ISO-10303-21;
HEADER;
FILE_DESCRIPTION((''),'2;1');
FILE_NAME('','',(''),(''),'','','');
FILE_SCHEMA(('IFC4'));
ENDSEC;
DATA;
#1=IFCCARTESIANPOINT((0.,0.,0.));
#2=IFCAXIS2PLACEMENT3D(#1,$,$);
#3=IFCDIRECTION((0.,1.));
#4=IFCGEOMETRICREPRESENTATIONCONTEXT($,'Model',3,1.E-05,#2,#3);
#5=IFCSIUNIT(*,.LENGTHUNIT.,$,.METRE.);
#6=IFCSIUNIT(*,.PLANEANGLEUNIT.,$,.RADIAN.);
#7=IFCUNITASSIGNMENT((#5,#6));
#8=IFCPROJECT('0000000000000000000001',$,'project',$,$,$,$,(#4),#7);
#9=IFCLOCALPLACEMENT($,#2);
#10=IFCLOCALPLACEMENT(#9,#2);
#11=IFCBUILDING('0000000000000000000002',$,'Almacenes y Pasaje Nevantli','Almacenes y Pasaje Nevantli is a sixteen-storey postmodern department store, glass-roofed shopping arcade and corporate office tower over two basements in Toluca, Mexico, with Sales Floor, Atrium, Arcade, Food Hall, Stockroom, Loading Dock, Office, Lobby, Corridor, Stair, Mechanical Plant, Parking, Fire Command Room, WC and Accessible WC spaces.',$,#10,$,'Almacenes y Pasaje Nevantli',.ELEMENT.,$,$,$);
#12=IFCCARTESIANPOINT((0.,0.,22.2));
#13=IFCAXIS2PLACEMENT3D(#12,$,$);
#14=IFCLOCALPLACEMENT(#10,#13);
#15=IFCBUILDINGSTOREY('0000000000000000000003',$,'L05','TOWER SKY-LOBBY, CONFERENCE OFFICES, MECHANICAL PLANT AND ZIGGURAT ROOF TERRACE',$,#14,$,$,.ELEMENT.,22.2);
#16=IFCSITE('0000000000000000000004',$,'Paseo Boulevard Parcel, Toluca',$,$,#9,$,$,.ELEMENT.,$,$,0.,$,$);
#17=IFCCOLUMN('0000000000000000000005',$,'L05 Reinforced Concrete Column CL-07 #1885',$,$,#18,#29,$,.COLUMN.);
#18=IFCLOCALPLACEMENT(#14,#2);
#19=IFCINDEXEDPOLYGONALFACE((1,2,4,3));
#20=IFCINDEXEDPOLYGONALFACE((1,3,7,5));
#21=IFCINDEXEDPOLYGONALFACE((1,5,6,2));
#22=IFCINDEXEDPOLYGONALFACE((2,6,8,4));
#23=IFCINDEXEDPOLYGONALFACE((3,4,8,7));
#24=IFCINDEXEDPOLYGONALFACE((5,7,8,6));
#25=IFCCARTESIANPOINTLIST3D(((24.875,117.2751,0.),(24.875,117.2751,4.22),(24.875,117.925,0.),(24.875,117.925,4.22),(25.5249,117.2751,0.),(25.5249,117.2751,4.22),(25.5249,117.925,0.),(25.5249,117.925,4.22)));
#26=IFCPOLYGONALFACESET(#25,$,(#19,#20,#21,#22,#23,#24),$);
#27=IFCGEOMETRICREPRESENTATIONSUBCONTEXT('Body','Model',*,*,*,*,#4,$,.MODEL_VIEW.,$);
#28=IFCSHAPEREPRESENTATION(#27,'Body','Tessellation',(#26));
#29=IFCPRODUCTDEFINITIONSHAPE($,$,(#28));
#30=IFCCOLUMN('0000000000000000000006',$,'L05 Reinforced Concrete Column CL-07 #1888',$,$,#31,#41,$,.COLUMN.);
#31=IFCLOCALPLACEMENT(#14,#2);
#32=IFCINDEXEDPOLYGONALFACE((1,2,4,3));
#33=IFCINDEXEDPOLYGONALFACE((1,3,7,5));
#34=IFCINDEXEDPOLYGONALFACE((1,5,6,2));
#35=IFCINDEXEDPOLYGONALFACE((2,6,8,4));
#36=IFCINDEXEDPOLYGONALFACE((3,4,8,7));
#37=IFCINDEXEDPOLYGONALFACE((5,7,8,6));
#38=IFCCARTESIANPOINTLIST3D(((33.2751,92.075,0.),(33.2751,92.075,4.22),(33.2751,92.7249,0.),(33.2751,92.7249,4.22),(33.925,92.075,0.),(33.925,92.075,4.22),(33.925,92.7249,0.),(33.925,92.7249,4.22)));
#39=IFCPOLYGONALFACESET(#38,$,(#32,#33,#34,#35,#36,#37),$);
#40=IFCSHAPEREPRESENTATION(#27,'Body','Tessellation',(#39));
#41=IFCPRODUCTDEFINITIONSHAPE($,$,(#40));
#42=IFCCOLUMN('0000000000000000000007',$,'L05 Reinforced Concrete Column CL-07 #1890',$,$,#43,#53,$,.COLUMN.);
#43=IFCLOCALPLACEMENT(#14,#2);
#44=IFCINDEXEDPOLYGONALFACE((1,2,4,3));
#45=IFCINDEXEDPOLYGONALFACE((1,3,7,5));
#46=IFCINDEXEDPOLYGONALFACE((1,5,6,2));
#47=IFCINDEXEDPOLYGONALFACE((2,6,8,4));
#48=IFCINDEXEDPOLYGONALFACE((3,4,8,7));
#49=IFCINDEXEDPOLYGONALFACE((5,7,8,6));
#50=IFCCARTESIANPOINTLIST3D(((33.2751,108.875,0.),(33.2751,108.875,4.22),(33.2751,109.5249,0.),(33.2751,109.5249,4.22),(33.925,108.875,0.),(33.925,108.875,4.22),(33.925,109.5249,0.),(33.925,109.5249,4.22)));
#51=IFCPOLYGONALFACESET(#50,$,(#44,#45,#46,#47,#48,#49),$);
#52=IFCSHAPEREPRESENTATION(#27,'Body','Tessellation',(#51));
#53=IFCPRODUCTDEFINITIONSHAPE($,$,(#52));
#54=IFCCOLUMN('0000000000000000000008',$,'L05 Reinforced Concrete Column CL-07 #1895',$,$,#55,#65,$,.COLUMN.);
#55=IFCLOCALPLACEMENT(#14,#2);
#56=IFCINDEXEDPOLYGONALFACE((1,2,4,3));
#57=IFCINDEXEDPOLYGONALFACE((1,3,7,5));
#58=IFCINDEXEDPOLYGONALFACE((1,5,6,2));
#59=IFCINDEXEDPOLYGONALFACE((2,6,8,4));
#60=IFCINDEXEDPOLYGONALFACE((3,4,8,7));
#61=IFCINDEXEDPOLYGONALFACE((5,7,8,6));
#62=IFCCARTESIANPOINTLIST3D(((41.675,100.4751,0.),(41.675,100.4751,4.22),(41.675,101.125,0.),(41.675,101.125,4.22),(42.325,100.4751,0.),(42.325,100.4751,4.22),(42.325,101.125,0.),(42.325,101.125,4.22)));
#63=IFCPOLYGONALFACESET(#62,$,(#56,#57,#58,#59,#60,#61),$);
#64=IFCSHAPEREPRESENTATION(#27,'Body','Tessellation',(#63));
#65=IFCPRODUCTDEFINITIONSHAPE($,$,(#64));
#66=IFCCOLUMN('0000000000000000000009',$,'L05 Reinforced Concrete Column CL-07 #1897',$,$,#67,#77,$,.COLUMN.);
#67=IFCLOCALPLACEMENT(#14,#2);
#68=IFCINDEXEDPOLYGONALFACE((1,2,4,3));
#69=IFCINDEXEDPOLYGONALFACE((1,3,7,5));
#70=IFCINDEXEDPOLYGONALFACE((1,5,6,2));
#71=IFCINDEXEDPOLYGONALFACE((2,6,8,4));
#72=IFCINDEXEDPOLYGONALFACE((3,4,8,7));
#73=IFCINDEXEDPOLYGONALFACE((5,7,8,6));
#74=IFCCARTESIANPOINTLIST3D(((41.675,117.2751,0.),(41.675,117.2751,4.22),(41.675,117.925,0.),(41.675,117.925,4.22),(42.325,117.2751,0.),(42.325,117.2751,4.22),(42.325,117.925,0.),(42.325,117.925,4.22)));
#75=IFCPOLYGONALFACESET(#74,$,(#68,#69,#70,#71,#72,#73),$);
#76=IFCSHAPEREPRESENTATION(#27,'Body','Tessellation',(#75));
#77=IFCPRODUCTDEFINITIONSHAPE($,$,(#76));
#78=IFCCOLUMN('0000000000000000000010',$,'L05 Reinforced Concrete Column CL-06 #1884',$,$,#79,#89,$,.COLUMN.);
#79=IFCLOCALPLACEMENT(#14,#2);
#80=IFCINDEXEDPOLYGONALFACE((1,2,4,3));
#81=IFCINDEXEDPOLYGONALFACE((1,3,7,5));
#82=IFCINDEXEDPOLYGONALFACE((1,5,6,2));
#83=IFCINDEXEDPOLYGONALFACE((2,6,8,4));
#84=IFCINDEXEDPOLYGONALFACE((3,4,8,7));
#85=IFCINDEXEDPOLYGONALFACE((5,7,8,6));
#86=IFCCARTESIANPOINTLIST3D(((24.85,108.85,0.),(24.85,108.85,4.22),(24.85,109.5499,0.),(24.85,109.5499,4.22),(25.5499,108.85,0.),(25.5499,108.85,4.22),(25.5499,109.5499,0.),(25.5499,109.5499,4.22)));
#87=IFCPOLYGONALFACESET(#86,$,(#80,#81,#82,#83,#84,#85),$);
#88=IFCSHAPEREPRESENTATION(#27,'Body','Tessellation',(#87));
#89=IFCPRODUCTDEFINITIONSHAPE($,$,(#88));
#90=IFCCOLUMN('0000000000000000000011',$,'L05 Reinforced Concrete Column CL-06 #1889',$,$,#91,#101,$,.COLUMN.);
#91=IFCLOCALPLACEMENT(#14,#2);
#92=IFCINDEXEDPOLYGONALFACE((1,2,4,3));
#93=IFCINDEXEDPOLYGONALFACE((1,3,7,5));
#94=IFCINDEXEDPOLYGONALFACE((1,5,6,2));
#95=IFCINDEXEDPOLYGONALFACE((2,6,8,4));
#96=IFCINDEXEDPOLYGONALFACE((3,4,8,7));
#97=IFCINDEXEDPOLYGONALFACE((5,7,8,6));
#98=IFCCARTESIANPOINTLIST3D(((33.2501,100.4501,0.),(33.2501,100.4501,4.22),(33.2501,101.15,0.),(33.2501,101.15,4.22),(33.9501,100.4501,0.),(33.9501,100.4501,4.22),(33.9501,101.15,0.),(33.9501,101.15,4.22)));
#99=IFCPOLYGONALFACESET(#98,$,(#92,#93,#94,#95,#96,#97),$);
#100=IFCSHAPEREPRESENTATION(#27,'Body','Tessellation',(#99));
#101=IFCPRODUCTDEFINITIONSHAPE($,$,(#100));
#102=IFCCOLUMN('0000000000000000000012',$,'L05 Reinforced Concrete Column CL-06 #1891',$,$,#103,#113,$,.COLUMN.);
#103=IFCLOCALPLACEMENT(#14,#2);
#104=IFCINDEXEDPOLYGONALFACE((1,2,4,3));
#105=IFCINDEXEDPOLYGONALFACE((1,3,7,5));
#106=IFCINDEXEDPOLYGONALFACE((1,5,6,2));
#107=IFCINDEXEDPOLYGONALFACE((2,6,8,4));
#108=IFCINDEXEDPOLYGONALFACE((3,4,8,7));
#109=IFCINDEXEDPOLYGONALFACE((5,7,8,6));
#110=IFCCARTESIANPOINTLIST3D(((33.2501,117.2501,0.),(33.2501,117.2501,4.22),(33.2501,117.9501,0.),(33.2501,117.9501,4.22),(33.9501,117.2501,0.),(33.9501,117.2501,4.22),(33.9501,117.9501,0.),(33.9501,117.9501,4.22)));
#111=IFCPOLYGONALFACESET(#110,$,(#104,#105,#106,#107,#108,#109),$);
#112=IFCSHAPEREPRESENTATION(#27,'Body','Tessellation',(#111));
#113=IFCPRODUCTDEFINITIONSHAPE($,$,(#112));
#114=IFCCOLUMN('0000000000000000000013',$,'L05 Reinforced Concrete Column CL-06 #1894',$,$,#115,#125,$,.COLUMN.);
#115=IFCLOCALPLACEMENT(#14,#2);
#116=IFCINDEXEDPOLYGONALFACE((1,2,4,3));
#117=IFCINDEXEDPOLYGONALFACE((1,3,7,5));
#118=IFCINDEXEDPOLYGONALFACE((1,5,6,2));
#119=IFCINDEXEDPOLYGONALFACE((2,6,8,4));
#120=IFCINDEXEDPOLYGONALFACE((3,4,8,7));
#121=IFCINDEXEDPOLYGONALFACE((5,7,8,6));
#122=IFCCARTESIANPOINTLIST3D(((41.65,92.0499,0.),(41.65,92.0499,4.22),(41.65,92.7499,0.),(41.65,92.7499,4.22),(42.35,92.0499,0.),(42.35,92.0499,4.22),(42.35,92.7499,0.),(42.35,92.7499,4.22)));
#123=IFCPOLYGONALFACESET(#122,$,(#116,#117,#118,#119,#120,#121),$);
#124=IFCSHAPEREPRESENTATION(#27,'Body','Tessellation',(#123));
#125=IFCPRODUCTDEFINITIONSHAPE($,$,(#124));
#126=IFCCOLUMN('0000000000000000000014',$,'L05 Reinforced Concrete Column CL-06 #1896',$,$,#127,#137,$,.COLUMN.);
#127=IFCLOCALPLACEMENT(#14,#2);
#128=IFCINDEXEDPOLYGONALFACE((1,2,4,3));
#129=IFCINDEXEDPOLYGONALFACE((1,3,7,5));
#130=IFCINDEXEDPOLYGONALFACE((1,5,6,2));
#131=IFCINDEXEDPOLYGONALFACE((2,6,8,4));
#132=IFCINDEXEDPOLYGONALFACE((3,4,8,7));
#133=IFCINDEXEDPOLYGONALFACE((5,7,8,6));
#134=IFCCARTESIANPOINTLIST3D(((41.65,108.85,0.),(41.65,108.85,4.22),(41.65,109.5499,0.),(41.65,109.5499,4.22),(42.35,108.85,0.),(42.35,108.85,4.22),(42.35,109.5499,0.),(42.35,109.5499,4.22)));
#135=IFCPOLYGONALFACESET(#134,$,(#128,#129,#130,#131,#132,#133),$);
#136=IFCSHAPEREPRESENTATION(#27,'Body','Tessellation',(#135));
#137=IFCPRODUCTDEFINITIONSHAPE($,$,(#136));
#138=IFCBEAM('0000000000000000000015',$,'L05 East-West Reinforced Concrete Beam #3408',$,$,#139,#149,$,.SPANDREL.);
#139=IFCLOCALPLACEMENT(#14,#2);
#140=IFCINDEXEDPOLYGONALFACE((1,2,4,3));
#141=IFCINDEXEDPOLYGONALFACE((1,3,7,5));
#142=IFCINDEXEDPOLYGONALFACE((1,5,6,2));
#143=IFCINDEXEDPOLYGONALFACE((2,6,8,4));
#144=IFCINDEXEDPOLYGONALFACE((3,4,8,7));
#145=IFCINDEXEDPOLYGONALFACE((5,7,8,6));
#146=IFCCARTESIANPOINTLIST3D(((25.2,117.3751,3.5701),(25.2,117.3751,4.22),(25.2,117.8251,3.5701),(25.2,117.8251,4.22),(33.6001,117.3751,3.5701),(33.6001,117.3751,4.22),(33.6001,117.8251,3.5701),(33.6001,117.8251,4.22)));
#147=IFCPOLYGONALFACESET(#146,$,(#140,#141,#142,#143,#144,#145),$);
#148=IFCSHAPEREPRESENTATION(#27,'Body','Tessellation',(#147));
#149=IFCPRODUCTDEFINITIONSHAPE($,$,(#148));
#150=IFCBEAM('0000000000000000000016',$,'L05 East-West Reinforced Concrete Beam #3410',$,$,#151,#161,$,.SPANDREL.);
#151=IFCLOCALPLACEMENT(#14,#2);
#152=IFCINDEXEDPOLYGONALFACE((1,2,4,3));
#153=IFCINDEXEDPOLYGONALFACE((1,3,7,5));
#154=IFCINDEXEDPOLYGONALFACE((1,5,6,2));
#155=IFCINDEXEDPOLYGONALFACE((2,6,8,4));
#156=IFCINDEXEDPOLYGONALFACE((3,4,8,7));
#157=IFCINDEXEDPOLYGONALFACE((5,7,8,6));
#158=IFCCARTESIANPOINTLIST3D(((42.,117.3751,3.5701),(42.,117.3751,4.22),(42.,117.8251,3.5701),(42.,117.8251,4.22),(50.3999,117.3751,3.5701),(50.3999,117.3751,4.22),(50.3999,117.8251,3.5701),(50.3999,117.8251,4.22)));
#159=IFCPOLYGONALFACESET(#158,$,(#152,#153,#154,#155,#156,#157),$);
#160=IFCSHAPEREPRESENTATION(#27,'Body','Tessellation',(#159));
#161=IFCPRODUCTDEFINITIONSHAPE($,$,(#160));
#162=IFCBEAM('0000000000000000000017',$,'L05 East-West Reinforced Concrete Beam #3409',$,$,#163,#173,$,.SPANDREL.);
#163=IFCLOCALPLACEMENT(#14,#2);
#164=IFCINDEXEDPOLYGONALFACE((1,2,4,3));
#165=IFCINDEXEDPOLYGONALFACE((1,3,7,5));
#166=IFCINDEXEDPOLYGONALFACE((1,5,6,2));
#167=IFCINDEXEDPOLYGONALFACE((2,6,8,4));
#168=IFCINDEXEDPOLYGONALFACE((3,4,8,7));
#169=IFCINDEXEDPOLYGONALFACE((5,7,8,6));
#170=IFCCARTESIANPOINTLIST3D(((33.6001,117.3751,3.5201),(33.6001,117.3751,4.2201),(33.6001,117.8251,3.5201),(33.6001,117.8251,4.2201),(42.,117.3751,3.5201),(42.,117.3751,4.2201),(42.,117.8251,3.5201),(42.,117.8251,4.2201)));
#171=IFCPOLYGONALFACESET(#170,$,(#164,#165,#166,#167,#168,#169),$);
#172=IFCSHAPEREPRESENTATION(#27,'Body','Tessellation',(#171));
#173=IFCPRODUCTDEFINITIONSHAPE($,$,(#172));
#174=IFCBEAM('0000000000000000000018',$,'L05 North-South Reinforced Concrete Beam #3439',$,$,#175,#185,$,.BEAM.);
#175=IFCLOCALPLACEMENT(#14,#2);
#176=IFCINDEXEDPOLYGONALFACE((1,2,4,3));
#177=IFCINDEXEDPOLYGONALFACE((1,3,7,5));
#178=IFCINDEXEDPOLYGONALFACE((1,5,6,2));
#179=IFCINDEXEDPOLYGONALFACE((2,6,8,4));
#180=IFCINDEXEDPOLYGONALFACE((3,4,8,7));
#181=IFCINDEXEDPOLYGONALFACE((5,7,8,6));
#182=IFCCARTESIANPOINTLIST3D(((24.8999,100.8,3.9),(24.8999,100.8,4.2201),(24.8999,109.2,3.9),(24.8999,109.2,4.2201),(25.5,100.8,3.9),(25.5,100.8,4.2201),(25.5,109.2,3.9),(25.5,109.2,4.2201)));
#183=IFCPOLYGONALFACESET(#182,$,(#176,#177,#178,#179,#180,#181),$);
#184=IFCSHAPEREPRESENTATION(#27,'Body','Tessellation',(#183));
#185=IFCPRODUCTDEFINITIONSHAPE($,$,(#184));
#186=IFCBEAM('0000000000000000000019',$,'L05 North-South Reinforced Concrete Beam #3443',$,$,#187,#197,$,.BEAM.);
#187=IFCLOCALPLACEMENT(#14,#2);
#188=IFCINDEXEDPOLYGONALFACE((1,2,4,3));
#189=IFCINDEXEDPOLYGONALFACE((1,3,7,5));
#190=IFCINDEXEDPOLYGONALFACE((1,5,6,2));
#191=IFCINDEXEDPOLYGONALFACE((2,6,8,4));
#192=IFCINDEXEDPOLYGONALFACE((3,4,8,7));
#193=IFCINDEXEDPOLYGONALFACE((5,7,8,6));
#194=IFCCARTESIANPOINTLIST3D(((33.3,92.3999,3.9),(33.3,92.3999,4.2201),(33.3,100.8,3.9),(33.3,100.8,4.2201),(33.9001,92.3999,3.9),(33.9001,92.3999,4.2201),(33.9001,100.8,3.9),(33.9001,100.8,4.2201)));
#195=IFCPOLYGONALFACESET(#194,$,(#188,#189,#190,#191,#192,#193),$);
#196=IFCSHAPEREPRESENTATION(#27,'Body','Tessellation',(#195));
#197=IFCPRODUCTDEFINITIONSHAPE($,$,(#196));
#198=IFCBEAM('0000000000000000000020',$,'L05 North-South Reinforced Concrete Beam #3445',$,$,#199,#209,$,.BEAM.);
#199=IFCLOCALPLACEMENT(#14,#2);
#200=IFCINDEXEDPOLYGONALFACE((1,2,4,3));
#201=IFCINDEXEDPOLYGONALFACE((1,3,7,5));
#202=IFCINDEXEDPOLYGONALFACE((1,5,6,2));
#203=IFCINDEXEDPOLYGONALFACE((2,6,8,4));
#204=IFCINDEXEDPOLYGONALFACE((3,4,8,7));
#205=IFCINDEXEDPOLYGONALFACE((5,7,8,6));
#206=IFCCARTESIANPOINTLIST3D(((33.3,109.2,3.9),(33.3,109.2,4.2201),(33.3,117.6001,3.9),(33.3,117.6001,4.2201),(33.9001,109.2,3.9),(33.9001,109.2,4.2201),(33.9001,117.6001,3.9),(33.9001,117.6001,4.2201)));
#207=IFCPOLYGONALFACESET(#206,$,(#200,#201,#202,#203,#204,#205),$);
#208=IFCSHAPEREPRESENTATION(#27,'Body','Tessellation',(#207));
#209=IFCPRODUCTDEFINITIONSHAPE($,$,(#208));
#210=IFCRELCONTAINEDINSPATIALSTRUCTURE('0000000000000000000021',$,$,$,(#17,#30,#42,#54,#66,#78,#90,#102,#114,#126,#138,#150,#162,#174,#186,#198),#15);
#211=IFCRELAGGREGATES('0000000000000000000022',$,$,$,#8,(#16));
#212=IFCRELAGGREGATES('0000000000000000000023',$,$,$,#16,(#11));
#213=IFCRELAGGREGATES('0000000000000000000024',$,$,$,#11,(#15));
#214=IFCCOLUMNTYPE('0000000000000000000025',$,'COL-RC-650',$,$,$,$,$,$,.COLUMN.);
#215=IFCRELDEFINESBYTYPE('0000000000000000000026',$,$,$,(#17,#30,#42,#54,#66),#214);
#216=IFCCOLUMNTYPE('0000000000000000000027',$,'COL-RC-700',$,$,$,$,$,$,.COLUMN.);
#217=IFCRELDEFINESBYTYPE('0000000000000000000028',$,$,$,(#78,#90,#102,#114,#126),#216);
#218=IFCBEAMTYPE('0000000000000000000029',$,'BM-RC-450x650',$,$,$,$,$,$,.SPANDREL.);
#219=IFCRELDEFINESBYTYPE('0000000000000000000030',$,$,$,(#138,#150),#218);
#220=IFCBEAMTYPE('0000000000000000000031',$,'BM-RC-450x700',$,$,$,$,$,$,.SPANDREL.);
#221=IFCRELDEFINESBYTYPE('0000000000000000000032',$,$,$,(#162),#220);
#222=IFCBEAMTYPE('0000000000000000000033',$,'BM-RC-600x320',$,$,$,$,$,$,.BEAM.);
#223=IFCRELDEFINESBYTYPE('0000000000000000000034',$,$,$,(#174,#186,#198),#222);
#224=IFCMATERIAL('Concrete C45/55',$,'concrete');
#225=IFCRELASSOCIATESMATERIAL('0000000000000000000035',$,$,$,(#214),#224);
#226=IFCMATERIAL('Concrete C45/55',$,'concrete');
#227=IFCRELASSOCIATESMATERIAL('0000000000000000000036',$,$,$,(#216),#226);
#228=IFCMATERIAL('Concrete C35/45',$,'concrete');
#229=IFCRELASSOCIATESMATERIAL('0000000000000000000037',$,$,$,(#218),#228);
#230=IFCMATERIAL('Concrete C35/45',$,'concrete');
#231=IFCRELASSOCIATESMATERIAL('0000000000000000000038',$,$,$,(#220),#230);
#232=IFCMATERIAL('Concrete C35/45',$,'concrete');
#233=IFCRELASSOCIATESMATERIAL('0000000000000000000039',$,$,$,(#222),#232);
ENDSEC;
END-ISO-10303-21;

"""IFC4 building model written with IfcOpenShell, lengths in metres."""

from ifc_helpers import new_model, si_unit, direction, frame, origin, origin_2d, place, context, subcontext, project, spatial, rectangle, extrude, material, material_profile, profile_set, type_object, element, save


model = new_model("IFC4")

# Units and contexts
model_context = context("Model", 3, precision=1e-05, world=origin(), true_north=direction((0.0, 1.0)))
body_context = subcontext(model_context, "Body", "Model", "MODEL_VIEW")
ifc_project = project(units=[si_unit("LENGTHUNIT", "METRE"), si_unit("PLANEANGLEUNIT", "RADIAN")], contexts=[model_context])

# Site, building, storey
site_placement = place(None, origin())
site = spatial("IfcSite", under=ifc_project, at=site_placement, Name="Paseo Boulevard Parcel, Toluca", CompositionType="ELEMENT", RefElevation=0.0)
building_placement = place(site_placement, origin())
building = spatial("IfcBuilding", under=site, at=building_placement, Name="Almacenes y Pasaje Nevantli", Description="Almacenes y Pasaje Nevantli is a sixteen-storey postmodern department store, glass-roofed shopping arcade and corporate office tower over two basements in Toluca, Mexico, with Sales Floor, Atrium, Arcade, Food Hall, Stockroom, Loading Dock, Office, Lobby, Corridor, Stair, Mechanical Plant, Parking, Fire Command Room, WC and Accessible WC spaces.", LongName="Almacenes y Pasaje Nevantli", CompositionType="ELEMENT")
storey_placement = place(building_placement, frame((0.0, 0.0, 22.2)))
storey = spatial("IfcBuildingStorey", under=building, at=storey_placement, Name="L05", Description="TOWER SKY-LOBBY, CONFERENCE OFFICES, MECHANICAL PLANT AND ZIGGURAT ROOF TERRACE", CompositionType="ELEMENT", Elevation=22.2)

# Columns
ifc_material_1 = material(Name="Concrete C45/55", Category="concrete")
ifc_material_profile_1 = material_profile(ifc_material_1, rectangle(XDim=0.6499, YDim=0.6499, at=origin_2d()), Name="RC-COL-650x650")
ifc_profile_set_1 = profile_set([ifc_material_profile_1], Name="Concrete C45/55")
column_type_1 = type_object("IfcColumnType", Name="COL-RC-650", PredefinedType="COLUMN", material=ifc_profile_set_1)
for number, where, z_axis, x_axis, name in (
    (1, (25.2, 117.6001, 0.0), (0.0, 0.0, 1.0), (1.0, 0.0, 0.0), "L05 Reinforced Concrete Column CL-07 #1885"),
    (2, (33.6001, 92.3999, 0.0), (0.0, 0.0, 1.0), (1.0, 0.0, 0.0), "L05 Reinforced Concrete Column CL-07 #1888"),
    (3, (33.6001, 109.2, 0.0), (0.0, 0.0, 1.0), (1.0, 0.0, 0.0), "L05 Reinforced Concrete Column CL-07 #1890"),
    (4, (42.0, 100.8, 0.0), (0.0, 0.0, 1.0), (1.0, 0.0, 0.0), "L05 Reinforced Concrete Column CL-07 #1895"),
    (5, (42.0, 117.6001, 0.0), (0.0, 0.0, 1.0), (1.0, 0.0, 0.0), "L05 Reinforced Concrete Column CL-07 #1897"),
):
    element("IfcColumn", number, at=place(storey_placement, frame(where, z_axis=z_axis, x_axis=x_axis)), inside=storey, type_object=column_type_1, Name=name, PredefinedType="COLUMN", context=body_context, shape_type="SweptSolid", body=[
        extrude(rectangle(XDim=0.6499, YDim=0.6499, at=origin_2d()), origin(), (0.0, 0.0, 1.0), 4.22),
    ])
ifc_material_2 = material(Name="Concrete C45/55", Category="concrete")
ifc_material_profile_2 = material_profile(ifc_material_2, rectangle(XDim=0.7, YDim=0.7, at=origin_2d()), Name="RC-COL-700x700")
ifc_profile_set_2 = profile_set([ifc_material_profile_2], Name="Concrete C45/55")
column_type_2 = type_object("IfcColumnType", Name="COL-RC-700", PredefinedType="COLUMN", material=ifc_profile_set_2)
for number, where, z_axis, x_axis, name in (
    (6, (25.2, 109.2, 0.0), (0.0, 0.0, 1.0), (1.0, 0.0, 0.0), "L05 Reinforced Concrete Column CL-06 #1884"),
    (7, (33.6001, 100.8, 0.0), (0.0, 0.0, 1.0), (1.0, 0.0, 0.0), "L05 Reinforced Concrete Column CL-06 #1889"),
    (8, (33.6001, 117.6001, 0.0), (0.0, 0.0, 1.0), (1.0, 0.0, 0.0), "L05 Reinforced Concrete Column CL-06 #1891"),
    (9, (42.0, 92.3999, 0.0), (0.0, 0.0, 1.0), (1.0, 0.0, 0.0), "L05 Reinforced Concrete Column CL-06 #1894"),
    (10, (42.0, 109.2, 0.0), (0.0, 0.0, 1.0), (1.0, 0.0, 0.0), "L05 Reinforced Concrete Column CL-06 #1896"),
):
    element("IfcColumn", number, at=place(storey_placement, frame(where, z_axis=z_axis, x_axis=x_axis)), inside=storey, type_object=column_type_2, Name=name, PredefinedType="COLUMN", context=body_context, shape_type="SweptSolid", body=[
        extrude(rectangle(XDim=0.7, YDim=0.7, at=origin_2d()), origin(), (0.0, 0.0, 1.0), 4.22),
    ])

# Beams
ifc_material_3 = material(Name="Concrete C35/45", Category="concrete")
ifc_material_profile_3 = material_profile(ifc_material_3, rectangle(XDim=0.45, YDim=0.6499, at=origin_2d()), Name="RC-BM-450x650")
ifc_profile_set_3 = profile_set([ifc_material_profile_3], Name="Concrete C35/45")
beam_type_1 = type_object("IfcBeamType", Name="BM-RC-450x650", PredefinedType="SPANDREL", material=ifc_profile_set_3)
beam_1_placement = place(storey_placement, frame((25.2, 117.6001, 3.895), z_axis=(1.0, 0.0, 0.0), x_axis=(0.0, 1.0, 0.0)))
element("IfcBeam", 11, at=beam_1_placement, inside=storey, type_object=beam_type_1, Name="L05 East-West Reinforced Concrete Beam #3408", PredefinedType="SPANDREL", context=body_context, shape_type="SweptSolid", body=[
    extrude(rectangle(XDim=0.45, YDim=0.6499, at=origin_2d()), origin(), (0.0, 0.0, 1.0), 8.4001),
])
beam_2_placement = place(storey_placement, frame((42.0, 117.6001, 3.895), z_axis=(1.0, 0.0, 0.0), x_axis=(0.0, 1.0, 0.0)))
element("IfcBeam", 12, at=beam_2_placement, inside=storey, type_object=beam_type_1, Name="L05 East-West Reinforced Concrete Beam #3410", PredefinedType="SPANDREL", context=body_context, shape_type="SweptSolid", body=[
    extrude(rectangle(XDim=0.45, YDim=0.6499, at=origin_2d()), origin(), (0.0, 0.0, 1.0), 8.3999),
])
ifc_material_4 = material(Name="Concrete C35/45", Category="concrete")
ifc_material_profile_4 = material_profile(ifc_material_4, rectangle(XDim=0.45, YDim=0.7, at=origin_2d()), Name="RC-BM-450x700")
ifc_profile_set_4 = profile_set([ifc_material_profile_4], Name="Concrete C35/45")
beam_type_2 = type_object("IfcBeamType", Name="BM-RC-450x700", PredefinedType="SPANDREL", material=ifc_profile_set_4)
beam_3_placement = place(storey_placement, frame((33.6001, 117.6001, 3.8701), z_axis=(1.0, 0.0, 0.0), x_axis=(0.0, 1.0, 0.0)))
element("IfcBeam", 13, at=beam_3_placement, inside=storey, type_object=beam_type_2, Name="L05 East-West Reinforced Concrete Beam #3409", PredefinedType="SPANDREL", context=body_context, shape_type="SweptSolid", body=[
    extrude(rectangle(XDim=0.45, YDim=0.7, at=origin_2d()), origin(), (0.0, 0.0, 1.0), 8.3999),
])
ifc_material_5 = material(Name="Concrete C35/45", Category="concrete")
ifc_material_profile_5 = material_profile(ifc_material_5, rectangle(XDim=0.6001, YDim=0.3201, at=origin_2d()), Name="RC-BM-600x320")
ifc_profile_set_5 = profile_set([ifc_material_profile_5], Name="Concrete C35/45")
beam_type_3 = type_object("IfcBeamType", Name="BM-RC-600x320", PredefinedType="BEAM", material=ifc_profile_set_5)
beam_4_placement = place(storey_placement, frame((25.2, 100.8, 4.0601), z_axis=(0.0, 1.0, 0.0), x_axis=(-1.0, 0.0, 0.0)))
element("IfcBeam", 14, at=beam_4_placement, inside=storey, type_object=beam_type_3, Name="L05 North-South Reinforced Concrete Beam #3439", PredefinedType="BEAM", context=body_context, shape_type="SweptSolid", body=[
    extrude(rectangle(XDim=0.6001, YDim=0.3201, at=origin_2d()), origin(), (0.0, 0.0, 1.0), 8.3999),
])
for number, where, z_axis, x_axis, name in (
    (15, (33.6001, 92.3999, 4.0601), (0.0, 1.0, 0.0), (-1.0, 0.0, 0.0), "L05 North-South Reinforced Concrete Beam #3443"),
    (16, (33.6001, 109.2, 4.0601), (0.0, 1.0, 0.0), (-1.0, 0.0, 0.0), "L05 North-South Reinforced Concrete Beam #3445"),
):
    element("IfcBeam", number, at=place(storey_placement, frame(where, z_axis=z_axis, x_axis=x_axis)), inside=storey, type_object=beam_type_3, Name=name, PredefinedType="BEAM", context=body_context, shape_type="SweptSolid", body=[
        extrude(rectangle(XDim=0.6001, YDim=0.3201, at=origin_2d()), origin(), (0.0, 0.0, 1.0), 8.4001),
    ])

save(model, "model.ifc")
